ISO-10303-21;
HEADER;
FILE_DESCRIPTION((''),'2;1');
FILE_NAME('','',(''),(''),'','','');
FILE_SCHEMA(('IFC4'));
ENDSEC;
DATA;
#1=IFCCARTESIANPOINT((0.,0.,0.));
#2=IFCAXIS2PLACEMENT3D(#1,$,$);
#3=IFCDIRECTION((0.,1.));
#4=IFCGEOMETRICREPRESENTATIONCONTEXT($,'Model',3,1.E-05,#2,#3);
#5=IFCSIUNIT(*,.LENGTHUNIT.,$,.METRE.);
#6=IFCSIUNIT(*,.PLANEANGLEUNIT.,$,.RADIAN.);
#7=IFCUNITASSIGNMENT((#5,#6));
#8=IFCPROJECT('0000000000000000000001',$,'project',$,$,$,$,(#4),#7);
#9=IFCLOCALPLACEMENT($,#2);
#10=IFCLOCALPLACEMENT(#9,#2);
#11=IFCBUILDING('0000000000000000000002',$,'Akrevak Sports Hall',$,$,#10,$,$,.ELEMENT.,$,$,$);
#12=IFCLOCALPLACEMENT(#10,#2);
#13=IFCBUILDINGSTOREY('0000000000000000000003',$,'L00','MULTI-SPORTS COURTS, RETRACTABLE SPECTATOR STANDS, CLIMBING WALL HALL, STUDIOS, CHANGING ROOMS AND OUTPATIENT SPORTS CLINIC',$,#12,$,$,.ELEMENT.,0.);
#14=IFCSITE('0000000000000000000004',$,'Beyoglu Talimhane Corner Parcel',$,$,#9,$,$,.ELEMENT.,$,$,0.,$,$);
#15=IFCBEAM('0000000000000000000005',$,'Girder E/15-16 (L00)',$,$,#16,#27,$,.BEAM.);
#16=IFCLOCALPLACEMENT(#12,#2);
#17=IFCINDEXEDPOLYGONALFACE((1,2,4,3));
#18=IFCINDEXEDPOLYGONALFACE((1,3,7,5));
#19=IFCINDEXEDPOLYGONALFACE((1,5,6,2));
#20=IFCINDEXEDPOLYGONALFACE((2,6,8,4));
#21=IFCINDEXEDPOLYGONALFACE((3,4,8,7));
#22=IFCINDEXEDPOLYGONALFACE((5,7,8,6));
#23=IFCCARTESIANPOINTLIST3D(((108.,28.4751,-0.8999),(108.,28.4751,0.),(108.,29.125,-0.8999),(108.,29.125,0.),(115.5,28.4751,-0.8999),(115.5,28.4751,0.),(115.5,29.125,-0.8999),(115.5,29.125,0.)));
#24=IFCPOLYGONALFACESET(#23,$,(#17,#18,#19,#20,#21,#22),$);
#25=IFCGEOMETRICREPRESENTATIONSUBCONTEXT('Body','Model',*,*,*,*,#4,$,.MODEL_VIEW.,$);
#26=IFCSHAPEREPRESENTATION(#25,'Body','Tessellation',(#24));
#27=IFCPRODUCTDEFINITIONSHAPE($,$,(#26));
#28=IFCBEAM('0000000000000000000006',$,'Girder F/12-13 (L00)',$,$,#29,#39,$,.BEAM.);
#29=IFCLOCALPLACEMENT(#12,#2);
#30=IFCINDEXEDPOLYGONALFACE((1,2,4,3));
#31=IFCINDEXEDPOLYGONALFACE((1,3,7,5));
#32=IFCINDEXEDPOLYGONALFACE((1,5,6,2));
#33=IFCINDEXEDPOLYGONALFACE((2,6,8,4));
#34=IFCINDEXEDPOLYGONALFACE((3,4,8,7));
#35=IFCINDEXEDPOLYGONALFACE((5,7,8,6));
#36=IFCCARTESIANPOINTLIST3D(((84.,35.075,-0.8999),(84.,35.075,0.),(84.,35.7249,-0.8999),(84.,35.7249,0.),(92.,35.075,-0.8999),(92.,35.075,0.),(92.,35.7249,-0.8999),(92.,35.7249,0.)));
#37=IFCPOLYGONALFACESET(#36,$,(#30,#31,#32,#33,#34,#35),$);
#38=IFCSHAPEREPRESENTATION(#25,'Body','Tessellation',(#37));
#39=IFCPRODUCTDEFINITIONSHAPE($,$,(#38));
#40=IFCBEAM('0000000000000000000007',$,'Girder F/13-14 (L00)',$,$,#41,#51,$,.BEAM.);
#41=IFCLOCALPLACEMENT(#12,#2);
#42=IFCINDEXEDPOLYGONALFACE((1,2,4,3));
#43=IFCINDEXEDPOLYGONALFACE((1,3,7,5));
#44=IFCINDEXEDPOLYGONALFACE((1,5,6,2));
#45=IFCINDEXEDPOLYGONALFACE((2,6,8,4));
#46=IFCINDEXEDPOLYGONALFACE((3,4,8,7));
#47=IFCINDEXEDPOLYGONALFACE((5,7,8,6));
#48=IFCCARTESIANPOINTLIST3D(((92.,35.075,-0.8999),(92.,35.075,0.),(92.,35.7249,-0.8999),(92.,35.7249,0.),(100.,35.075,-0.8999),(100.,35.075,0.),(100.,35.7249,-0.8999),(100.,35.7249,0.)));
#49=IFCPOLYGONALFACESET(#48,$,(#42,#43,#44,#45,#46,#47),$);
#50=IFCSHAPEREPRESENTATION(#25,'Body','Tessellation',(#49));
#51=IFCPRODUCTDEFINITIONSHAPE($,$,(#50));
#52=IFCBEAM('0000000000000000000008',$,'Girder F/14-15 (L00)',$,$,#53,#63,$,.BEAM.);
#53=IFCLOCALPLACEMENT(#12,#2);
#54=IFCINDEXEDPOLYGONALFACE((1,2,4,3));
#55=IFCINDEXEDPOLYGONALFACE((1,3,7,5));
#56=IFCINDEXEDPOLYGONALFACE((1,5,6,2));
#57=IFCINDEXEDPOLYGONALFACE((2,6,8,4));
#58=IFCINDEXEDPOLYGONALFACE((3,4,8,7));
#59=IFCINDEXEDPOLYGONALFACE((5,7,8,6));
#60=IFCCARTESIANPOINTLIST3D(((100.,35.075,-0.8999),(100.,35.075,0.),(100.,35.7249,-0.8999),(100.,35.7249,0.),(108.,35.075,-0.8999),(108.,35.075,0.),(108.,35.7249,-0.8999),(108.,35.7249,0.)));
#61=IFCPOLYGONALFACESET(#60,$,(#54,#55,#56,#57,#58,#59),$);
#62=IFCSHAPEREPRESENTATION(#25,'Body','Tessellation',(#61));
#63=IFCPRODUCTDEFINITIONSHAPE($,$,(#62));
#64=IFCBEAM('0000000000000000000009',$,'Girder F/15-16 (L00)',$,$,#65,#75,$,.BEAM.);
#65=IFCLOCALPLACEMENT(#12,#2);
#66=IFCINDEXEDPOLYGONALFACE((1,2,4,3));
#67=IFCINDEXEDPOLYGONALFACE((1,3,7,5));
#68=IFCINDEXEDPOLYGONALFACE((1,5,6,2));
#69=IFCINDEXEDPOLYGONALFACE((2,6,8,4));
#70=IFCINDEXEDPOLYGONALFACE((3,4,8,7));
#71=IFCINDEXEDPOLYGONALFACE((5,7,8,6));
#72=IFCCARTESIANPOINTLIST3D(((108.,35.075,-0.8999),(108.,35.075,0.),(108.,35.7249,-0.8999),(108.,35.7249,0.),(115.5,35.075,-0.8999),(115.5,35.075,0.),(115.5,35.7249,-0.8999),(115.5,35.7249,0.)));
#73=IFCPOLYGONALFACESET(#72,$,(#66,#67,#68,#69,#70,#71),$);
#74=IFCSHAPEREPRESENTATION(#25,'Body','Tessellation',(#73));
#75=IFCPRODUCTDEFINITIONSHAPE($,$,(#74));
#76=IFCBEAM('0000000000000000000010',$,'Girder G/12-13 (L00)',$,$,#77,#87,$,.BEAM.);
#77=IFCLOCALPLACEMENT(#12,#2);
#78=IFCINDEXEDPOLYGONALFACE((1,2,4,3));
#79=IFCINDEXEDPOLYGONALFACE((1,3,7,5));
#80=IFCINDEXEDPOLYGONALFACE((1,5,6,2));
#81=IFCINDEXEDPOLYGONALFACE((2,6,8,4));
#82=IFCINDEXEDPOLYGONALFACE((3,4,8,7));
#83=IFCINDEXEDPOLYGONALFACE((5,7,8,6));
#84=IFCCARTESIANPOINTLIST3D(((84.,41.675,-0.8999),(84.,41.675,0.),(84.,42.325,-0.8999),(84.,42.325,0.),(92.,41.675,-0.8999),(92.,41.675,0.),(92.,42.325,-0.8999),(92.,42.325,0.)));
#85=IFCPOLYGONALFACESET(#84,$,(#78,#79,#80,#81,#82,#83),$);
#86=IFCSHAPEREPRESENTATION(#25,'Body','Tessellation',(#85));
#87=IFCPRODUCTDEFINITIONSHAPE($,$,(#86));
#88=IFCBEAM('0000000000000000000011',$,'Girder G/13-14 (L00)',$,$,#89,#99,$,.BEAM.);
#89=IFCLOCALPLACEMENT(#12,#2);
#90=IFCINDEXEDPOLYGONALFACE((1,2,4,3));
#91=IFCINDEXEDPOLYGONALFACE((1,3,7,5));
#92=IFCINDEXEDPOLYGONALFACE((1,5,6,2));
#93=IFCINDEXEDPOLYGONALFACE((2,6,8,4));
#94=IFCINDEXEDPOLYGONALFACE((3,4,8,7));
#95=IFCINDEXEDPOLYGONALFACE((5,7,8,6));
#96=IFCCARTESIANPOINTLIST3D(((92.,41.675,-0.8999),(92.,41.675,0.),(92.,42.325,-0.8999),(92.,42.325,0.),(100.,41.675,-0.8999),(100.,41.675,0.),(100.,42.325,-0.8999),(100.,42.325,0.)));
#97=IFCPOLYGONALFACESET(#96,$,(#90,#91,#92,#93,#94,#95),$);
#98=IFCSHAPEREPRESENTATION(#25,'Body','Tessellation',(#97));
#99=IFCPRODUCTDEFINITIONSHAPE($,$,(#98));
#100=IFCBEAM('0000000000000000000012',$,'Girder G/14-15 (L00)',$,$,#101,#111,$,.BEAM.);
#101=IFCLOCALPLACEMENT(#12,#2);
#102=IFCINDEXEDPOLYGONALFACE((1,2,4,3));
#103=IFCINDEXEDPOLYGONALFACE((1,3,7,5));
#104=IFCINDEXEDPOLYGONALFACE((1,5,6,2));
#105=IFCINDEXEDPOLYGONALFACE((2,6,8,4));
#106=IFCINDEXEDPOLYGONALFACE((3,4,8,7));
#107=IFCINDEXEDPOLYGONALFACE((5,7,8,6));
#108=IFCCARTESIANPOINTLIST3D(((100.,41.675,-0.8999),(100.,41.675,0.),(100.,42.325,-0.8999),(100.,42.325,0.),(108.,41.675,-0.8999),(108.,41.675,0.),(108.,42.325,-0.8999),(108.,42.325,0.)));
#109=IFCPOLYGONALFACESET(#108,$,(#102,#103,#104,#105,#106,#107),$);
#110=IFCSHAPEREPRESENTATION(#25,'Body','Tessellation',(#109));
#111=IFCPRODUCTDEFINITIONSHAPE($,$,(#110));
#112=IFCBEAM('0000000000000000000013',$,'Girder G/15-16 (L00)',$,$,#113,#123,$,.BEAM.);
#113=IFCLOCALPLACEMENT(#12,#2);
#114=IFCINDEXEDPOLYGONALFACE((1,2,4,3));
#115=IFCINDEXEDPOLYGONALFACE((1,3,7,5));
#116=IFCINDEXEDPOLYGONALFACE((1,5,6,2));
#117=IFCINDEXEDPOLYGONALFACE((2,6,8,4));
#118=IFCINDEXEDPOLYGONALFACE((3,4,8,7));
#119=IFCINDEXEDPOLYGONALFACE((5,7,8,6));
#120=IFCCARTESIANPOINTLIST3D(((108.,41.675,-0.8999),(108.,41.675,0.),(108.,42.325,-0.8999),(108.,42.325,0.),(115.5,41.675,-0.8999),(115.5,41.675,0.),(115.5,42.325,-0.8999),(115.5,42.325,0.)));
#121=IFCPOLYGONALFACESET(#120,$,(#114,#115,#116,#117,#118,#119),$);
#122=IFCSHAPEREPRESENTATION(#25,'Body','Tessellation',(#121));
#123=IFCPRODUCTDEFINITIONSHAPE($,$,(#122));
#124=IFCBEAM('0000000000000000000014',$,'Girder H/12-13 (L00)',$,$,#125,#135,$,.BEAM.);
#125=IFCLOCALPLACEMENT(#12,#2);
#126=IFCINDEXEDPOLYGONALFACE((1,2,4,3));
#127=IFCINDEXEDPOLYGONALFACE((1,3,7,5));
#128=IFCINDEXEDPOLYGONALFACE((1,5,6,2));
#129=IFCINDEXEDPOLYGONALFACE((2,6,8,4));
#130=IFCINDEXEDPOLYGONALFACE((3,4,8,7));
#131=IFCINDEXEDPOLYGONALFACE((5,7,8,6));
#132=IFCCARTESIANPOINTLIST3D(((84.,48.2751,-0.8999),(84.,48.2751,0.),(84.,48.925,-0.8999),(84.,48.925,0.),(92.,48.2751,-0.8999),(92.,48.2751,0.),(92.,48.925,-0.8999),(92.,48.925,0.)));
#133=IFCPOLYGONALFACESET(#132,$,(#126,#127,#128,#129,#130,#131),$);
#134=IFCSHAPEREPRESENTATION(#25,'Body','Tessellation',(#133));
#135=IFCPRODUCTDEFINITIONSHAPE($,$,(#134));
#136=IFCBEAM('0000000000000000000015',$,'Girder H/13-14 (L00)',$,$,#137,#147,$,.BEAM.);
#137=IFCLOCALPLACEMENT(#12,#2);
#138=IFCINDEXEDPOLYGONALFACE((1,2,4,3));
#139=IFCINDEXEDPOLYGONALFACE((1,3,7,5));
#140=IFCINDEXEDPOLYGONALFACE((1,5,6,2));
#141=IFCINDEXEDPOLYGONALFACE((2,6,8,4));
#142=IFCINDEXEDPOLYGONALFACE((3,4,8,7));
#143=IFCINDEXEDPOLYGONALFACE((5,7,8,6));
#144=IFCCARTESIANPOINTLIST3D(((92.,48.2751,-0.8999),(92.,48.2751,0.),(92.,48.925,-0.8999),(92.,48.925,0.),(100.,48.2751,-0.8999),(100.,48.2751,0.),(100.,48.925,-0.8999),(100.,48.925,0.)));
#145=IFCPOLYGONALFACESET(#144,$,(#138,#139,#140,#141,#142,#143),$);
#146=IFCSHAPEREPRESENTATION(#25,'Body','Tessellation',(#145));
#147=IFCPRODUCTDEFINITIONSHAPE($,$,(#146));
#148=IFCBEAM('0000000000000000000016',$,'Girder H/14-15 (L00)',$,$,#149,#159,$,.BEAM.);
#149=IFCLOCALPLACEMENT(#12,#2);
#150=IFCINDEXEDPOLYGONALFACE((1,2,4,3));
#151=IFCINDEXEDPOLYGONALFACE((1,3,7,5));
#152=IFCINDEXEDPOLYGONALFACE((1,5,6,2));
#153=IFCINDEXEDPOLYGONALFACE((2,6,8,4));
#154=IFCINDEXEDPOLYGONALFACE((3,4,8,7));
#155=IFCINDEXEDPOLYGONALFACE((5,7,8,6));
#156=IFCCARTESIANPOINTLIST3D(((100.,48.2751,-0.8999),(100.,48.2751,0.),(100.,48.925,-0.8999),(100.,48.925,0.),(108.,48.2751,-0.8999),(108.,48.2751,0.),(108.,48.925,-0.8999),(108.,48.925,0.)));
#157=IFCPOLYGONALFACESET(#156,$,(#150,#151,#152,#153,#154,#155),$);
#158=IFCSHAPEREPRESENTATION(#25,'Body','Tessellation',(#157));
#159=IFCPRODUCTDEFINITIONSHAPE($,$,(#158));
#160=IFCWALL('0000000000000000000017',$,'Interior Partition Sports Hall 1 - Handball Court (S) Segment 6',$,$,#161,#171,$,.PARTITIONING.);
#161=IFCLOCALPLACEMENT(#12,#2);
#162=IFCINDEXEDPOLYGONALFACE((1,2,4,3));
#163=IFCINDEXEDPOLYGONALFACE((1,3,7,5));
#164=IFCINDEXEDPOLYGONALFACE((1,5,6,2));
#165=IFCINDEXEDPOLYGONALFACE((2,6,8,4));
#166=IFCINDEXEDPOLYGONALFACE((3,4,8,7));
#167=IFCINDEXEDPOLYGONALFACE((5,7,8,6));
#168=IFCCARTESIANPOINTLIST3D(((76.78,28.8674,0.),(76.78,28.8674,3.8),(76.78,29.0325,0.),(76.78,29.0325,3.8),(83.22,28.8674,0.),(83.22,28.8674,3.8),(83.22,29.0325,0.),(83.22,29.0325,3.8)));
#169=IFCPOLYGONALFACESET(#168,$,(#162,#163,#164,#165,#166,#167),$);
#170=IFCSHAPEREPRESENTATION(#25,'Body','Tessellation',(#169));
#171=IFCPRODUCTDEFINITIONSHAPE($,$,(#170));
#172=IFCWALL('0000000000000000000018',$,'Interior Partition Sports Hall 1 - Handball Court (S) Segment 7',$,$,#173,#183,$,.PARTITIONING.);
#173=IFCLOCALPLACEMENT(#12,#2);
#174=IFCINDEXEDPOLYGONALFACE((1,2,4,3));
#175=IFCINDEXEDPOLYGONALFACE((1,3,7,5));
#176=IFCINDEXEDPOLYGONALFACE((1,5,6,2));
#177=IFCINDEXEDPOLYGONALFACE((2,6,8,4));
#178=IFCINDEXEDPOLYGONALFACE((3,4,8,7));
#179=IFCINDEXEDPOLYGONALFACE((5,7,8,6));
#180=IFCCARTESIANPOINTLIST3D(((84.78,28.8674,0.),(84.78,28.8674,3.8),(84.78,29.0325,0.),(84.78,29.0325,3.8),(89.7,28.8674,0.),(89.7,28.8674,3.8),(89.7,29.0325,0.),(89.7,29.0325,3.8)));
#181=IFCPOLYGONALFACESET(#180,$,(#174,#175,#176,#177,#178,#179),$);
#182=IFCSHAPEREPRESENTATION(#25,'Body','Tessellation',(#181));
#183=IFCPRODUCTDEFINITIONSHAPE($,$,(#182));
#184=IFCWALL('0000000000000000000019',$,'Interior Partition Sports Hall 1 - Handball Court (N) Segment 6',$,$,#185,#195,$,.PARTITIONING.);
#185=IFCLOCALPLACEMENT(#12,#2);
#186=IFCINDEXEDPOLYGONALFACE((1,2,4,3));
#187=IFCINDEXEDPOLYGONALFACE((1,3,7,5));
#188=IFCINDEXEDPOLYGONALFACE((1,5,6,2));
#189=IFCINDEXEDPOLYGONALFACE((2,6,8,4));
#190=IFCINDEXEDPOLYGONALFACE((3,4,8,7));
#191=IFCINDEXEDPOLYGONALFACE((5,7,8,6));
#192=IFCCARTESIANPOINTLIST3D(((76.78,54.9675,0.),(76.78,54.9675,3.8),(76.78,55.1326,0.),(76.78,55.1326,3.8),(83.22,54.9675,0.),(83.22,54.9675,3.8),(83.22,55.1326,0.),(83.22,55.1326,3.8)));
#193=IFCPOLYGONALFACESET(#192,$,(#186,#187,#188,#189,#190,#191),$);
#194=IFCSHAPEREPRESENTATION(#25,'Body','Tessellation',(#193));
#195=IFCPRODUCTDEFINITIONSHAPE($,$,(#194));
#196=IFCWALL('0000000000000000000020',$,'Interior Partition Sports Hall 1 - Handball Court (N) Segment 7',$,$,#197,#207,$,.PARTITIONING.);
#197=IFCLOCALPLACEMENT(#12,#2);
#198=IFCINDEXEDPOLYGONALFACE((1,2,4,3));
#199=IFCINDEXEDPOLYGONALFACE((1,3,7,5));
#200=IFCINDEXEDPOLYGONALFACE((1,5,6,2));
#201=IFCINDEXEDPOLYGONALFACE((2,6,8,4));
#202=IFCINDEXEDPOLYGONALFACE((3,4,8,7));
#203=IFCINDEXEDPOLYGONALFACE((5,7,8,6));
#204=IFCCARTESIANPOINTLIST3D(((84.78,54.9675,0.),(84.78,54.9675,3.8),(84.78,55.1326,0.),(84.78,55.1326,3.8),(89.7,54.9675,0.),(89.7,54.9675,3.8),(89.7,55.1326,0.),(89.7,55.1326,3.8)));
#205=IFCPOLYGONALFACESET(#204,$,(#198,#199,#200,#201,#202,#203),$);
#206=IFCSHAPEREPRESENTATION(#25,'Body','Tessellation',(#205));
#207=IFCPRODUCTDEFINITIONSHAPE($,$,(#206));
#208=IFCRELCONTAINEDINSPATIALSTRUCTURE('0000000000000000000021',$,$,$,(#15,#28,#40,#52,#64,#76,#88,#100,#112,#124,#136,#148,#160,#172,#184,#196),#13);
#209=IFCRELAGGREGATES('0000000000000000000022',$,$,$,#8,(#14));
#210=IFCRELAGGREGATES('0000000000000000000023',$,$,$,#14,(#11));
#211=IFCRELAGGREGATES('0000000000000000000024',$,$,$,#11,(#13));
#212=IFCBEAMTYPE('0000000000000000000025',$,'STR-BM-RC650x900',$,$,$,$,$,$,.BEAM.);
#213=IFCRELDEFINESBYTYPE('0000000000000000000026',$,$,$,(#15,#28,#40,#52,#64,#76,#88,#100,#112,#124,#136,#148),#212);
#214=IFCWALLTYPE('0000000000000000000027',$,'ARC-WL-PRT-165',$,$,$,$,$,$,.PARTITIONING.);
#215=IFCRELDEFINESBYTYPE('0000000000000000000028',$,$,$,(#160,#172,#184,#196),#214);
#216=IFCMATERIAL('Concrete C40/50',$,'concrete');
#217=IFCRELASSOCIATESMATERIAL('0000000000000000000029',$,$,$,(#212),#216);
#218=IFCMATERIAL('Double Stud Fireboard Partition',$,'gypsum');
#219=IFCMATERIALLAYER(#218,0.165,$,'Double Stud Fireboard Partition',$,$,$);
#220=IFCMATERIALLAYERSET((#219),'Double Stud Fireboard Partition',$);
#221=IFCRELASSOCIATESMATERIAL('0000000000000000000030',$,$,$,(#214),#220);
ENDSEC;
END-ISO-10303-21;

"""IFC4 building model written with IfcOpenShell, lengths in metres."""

from ifc_helpers import new_model, si_unit, direction, frame, frame_2d, origin, origin_2d, place, context, subcontext, project, spatial, rectangle, extrude, material, layer, layer_set, material_profile, profile_set, type_object, element, save


model = new_model("IFC4")

# Units and contexts
model_context = context("Model", 3, precision=1e-05, world=origin(), true_north=direction((0.0, 1.0)))
body_context = subcontext(model_context, "Body", "Model", "MODEL_VIEW")
ifc_project = project(units=[si_unit("LENGTHUNIT", "METRE"), si_unit("PLANEANGLEUNIT", "RADIAN")], contexts=[model_context])

# Site, building, storey
site_placement = place(None, origin())
site = spatial("IfcSite", under=ifc_project, at=site_placement, Name="Beyoglu Talimhane Corner Parcel", CompositionType="ELEMENT", RefElevation=0.0)
building_placement = place(site_placement, origin())
building = spatial("IfcBuilding", under=site, at=building_placement, Name="Akrevak Sports Hall", CompositionType="ELEMENT")
storey_placement = place(building_placement, origin())
storey = spatial("IfcBuildingStorey", under=building, at=storey_placement, Name="L00", Description="MULTI-SPORTS COURTS, RETRACTABLE SPECTATOR STANDS, CLIMBING WALL HALL, STUDIOS, CHANGING ROOMS AND OUTPATIENT SPORTS CLINIC", CompositionType="ELEMENT", Elevation=0.0)

# Beams
ifc_material_1 = material(Name="Concrete C40/50", Category="concrete")
ifc_material_profile_1 = material_profile(ifc_material_1, rectangle(XDim=0.6499, YDim=0.8999, at=origin_2d()), Name="BM 650x900", Category="concrete")
ifc_profile_set_1 = profile_set([ifc_material_profile_1], Name="Concrete C40/50")
beam_type_1 = type_object("IfcBeamType", Name="STR-BM-RC650x900", PredefinedType="BEAM", material=ifc_profile_set_1)
beam_1_placement = place(storey_placement, frame((108.0, 28.8, -0.45), z_axis=(1.0, 0.0, 0.0), x_axis=(0.0, 1.0, 0.0)))
element("IfcBeam", 1, at=beam_1_placement, inside=storey, type_object=beam_type_1, Name="Girder E/15-16 (L00)", PredefinedType="BEAM", context=body_context, shape_type="SweptSolid", body=[
    extrude(rectangle(XDim=0.6499, YDim=0.8999, at=origin_2d()), origin(), (0.0, 0.0, 1.0), 7.5),
])
for number, where, z_axis, x_axis, name in (
    (2, (84.0, 35.3999, -0.45), (1.0, 0.0, 0.0), (0.0, 1.0, 0.0), "Girder F/12-13 (L00)"),
    (3, (92.0, 35.3999, -0.45), (1.0, 0.0, 0.0), (0.0, 1.0, 0.0), "Girder F/13-14 (L00)"),
    (4, (100.0, 35.3999, -0.45), (1.0, 0.0, 0.0), (0.0, 1.0, 0.0), "Girder F/14-15 (L00)"),
):
    element("IfcBeam", number, at=place(storey_placement, frame(where, z_axis=z_axis, x_axis=x_axis)), inside=storey, type_object=beam_type_1, Name=name, PredefinedType="BEAM", context=body_context, shape_type="SweptSolid", body=[
        extrude(rectangle(XDim=0.6499, YDim=0.8999, at=origin_2d()), origin(), (0.0, 0.0, 1.0), 8.0),
    ])
beam_2_placement = place(storey_placement, frame((108.0, 35.3999, -0.45), z_axis=(1.0, 0.0, 0.0), x_axis=(0.0, 1.0, 0.0)))
element("IfcBeam", 5, at=beam_2_placement, inside=storey, type_object=beam_type_1, Name="Girder F/15-16 (L00)", PredefinedType="BEAM", context=body_context, shape_type="SweptSolid", body=[
    extrude(rectangle(XDim=0.6499, YDim=0.8999, at=origin_2d()), origin(), (0.0, 0.0, 1.0), 7.5),
])
for number, where, z_axis, x_axis, name in (
    (6, (84.0, 42.0, -0.45), (1.0, 0.0, 0.0), (0.0, 1.0, 0.0), "Girder G/12-13 (L00)"),
    (7, (92.0, 42.0, -0.45), (1.0, 0.0, 0.0), (0.0, 1.0, 0.0), "Girder G/13-14 (L00)"),
    (8, (100.0, 42.0, -0.45), (1.0, 0.0, 0.0), (0.0, 1.0, 0.0), "Girder G/14-15 (L00)"),
):
    element("IfcBeam", number, at=place(storey_placement, frame(where, z_axis=z_axis, x_axis=x_axis)), inside=storey, type_object=beam_type_1, Name=name, PredefinedType="BEAM", context=body_context, shape_type="SweptSolid", body=[
        extrude(rectangle(XDim=0.6499, YDim=0.8999, at=origin_2d()), origin(), (0.0, 0.0, 1.0), 8.0),
    ])
beam_3_placement = place(storey_placement, frame((108.0, 42.0, -0.45), z_axis=(1.0, 0.0, 0.0), x_axis=(0.0, 1.0, 0.0)))
element("IfcBeam", 9, at=beam_3_placement, inside=storey, type_object=beam_type_1, Name="Girder G/15-16 (L00)", PredefinedType="BEAM", context=body_context, shape_type="SweptSolid", body=[
    extrude(rectangle(XDim=0.6499, YDim=0.8999, at=origin_2d()), origin(), (0.0, 0.0, 1.0), 7.5),
])
for number, where, z_axis, x_axis, name in (
    (10, (84.0, 48.6001, -0.45), (1.0, 0.0, 0.0), (0.0, 1.0, 0.0), "Girder H/12-13 (L00)"),
    (11, (92.0, 48.6001, -0.45), (1.0, 0.0, 0.0), (0.0, 1.0, 0.0), "Girder H/13-14 (L00)"),
    (12, (100.0, 48.6001, -0.45), (1.0, 0.0, 0.0), (0.0, 1.0, 0.0), "Girder H/14-15 (L00)"),
):
    element("IfcBeam", number, at=place(storey_placement, frame(where, z_axis=z_axis, x_axis=x_axis)), inside=storey, type_object=beam_type_1, Name=name, PredefinedType="BEAM", context=body_context, shape_type="SweptSolid", body=[
        extrude(rectangle(XDim=0.6499, YDim=0.8999, at=origin_2d()), origin(), (0.0, 0.0, 1.0), 8.0),
    ])

# Walls
ifc_material_2 = material(Name="Double Stud Fireboard Partition", Category="gypsum")
ifc_layer_1 = layer(ifc_material_2, 0.165, Name="Double Stud Fireboard Partition")
ifc_layer_set_1 = layer_set([ifc_layer_1], Name="Double Stud Fireboard Partition")
wall_type = type_object("IfcWallType", Name="ARC-WL-PRT-165", PredefinedType="PARTITIONING", material=ifc_layer_set_1)
wall_1_placement = place(storey_placement, frame((76.78, 28.95, 0.0), z_axis=(0.0, 0.0, 1.0), x_axis=(1.0, 0.0, 0.0)))
element("IfcWall", 13, at=wall_1_placement, inside=storey, type_object=wall_type, Name="Interior Partition Sports Hall 1 - Handball Court (S) Segment 6", PredefinedType="PARTITIONING", context=body_context, shape_type="SweptSolid", body=[
    extrude(rectangle(XDim=6.4399, YDim=0.165, at=frame_2d((3.22, 0.0))), origin(), (0.0, 0.0, 1.0), 3.8),
])
wall_2_placement = place(storey_placement, frame((84.78, 28.95, 0.0), z_axis=(0.0, 0.0, 1.0), x_axis=(1.0, 0.0, 0.0)))
element("IfcWall", 14, at=wall_2_placement, inside=storey, type_object=wall_type, Name="Interior Partition Sports Hall 1 - Handball Court (S) Segment 7", PredefinedType="PARTITIONING", context=body_context, shape_type="SweptSolid", body=[
    extrude(rectangle(XDim=4.9199, YDim=0.165, at=frame_2d((2.46, 0.0))), origin(), (0.0, 0.0, 1.0), 3.8),
])
wall_3_placement = place(storey_placement, frame((76.78, 55.05, 0.0), z_axis=(0.0, 0.0, 1.0), x_axis=(1.0, 0.0, 0.0)))
element("IfcWall", 15, at=wall_3_placement, inside=storey, type_object=wall_type, Name="Interior Partition Sports Hall 1 - Handball Court (N) Segment 6", PredefinedType="PARTITIONING", context=body_context, shape_type="SweptSolid", body=[
    extrude(rectangle(XDim=6.4399, YDim=0.165, at=frame_2d((3.22, 0.0))), origin(), (0.0, 0.0, 1.0), 3.8),
])
wall_4_placement = place(storey_placement, frame((84.78, 55.05, 0.0), z_axis=(0.0, 0.0, 1.0), x_axis=(1.0, 0.0, 0.0)))
element("IfcWall", 16, at=wall_4_placement, inside=storey, type_object=wall_type, Name="Interior Partition Sports Hall 1 - Handball Court (N) Segment 7", PredefinedType="PARTITIONING", context=body_context, shape_type="SweptSolid", body=[
    extrude(rectangle(XDim=4.9199, YDim=0.165, at=frame_2d((2.46, 0.0))), origin(), (0.0, 0.0, 1.0), 3.8),
])

save(model, "model.ifc")
